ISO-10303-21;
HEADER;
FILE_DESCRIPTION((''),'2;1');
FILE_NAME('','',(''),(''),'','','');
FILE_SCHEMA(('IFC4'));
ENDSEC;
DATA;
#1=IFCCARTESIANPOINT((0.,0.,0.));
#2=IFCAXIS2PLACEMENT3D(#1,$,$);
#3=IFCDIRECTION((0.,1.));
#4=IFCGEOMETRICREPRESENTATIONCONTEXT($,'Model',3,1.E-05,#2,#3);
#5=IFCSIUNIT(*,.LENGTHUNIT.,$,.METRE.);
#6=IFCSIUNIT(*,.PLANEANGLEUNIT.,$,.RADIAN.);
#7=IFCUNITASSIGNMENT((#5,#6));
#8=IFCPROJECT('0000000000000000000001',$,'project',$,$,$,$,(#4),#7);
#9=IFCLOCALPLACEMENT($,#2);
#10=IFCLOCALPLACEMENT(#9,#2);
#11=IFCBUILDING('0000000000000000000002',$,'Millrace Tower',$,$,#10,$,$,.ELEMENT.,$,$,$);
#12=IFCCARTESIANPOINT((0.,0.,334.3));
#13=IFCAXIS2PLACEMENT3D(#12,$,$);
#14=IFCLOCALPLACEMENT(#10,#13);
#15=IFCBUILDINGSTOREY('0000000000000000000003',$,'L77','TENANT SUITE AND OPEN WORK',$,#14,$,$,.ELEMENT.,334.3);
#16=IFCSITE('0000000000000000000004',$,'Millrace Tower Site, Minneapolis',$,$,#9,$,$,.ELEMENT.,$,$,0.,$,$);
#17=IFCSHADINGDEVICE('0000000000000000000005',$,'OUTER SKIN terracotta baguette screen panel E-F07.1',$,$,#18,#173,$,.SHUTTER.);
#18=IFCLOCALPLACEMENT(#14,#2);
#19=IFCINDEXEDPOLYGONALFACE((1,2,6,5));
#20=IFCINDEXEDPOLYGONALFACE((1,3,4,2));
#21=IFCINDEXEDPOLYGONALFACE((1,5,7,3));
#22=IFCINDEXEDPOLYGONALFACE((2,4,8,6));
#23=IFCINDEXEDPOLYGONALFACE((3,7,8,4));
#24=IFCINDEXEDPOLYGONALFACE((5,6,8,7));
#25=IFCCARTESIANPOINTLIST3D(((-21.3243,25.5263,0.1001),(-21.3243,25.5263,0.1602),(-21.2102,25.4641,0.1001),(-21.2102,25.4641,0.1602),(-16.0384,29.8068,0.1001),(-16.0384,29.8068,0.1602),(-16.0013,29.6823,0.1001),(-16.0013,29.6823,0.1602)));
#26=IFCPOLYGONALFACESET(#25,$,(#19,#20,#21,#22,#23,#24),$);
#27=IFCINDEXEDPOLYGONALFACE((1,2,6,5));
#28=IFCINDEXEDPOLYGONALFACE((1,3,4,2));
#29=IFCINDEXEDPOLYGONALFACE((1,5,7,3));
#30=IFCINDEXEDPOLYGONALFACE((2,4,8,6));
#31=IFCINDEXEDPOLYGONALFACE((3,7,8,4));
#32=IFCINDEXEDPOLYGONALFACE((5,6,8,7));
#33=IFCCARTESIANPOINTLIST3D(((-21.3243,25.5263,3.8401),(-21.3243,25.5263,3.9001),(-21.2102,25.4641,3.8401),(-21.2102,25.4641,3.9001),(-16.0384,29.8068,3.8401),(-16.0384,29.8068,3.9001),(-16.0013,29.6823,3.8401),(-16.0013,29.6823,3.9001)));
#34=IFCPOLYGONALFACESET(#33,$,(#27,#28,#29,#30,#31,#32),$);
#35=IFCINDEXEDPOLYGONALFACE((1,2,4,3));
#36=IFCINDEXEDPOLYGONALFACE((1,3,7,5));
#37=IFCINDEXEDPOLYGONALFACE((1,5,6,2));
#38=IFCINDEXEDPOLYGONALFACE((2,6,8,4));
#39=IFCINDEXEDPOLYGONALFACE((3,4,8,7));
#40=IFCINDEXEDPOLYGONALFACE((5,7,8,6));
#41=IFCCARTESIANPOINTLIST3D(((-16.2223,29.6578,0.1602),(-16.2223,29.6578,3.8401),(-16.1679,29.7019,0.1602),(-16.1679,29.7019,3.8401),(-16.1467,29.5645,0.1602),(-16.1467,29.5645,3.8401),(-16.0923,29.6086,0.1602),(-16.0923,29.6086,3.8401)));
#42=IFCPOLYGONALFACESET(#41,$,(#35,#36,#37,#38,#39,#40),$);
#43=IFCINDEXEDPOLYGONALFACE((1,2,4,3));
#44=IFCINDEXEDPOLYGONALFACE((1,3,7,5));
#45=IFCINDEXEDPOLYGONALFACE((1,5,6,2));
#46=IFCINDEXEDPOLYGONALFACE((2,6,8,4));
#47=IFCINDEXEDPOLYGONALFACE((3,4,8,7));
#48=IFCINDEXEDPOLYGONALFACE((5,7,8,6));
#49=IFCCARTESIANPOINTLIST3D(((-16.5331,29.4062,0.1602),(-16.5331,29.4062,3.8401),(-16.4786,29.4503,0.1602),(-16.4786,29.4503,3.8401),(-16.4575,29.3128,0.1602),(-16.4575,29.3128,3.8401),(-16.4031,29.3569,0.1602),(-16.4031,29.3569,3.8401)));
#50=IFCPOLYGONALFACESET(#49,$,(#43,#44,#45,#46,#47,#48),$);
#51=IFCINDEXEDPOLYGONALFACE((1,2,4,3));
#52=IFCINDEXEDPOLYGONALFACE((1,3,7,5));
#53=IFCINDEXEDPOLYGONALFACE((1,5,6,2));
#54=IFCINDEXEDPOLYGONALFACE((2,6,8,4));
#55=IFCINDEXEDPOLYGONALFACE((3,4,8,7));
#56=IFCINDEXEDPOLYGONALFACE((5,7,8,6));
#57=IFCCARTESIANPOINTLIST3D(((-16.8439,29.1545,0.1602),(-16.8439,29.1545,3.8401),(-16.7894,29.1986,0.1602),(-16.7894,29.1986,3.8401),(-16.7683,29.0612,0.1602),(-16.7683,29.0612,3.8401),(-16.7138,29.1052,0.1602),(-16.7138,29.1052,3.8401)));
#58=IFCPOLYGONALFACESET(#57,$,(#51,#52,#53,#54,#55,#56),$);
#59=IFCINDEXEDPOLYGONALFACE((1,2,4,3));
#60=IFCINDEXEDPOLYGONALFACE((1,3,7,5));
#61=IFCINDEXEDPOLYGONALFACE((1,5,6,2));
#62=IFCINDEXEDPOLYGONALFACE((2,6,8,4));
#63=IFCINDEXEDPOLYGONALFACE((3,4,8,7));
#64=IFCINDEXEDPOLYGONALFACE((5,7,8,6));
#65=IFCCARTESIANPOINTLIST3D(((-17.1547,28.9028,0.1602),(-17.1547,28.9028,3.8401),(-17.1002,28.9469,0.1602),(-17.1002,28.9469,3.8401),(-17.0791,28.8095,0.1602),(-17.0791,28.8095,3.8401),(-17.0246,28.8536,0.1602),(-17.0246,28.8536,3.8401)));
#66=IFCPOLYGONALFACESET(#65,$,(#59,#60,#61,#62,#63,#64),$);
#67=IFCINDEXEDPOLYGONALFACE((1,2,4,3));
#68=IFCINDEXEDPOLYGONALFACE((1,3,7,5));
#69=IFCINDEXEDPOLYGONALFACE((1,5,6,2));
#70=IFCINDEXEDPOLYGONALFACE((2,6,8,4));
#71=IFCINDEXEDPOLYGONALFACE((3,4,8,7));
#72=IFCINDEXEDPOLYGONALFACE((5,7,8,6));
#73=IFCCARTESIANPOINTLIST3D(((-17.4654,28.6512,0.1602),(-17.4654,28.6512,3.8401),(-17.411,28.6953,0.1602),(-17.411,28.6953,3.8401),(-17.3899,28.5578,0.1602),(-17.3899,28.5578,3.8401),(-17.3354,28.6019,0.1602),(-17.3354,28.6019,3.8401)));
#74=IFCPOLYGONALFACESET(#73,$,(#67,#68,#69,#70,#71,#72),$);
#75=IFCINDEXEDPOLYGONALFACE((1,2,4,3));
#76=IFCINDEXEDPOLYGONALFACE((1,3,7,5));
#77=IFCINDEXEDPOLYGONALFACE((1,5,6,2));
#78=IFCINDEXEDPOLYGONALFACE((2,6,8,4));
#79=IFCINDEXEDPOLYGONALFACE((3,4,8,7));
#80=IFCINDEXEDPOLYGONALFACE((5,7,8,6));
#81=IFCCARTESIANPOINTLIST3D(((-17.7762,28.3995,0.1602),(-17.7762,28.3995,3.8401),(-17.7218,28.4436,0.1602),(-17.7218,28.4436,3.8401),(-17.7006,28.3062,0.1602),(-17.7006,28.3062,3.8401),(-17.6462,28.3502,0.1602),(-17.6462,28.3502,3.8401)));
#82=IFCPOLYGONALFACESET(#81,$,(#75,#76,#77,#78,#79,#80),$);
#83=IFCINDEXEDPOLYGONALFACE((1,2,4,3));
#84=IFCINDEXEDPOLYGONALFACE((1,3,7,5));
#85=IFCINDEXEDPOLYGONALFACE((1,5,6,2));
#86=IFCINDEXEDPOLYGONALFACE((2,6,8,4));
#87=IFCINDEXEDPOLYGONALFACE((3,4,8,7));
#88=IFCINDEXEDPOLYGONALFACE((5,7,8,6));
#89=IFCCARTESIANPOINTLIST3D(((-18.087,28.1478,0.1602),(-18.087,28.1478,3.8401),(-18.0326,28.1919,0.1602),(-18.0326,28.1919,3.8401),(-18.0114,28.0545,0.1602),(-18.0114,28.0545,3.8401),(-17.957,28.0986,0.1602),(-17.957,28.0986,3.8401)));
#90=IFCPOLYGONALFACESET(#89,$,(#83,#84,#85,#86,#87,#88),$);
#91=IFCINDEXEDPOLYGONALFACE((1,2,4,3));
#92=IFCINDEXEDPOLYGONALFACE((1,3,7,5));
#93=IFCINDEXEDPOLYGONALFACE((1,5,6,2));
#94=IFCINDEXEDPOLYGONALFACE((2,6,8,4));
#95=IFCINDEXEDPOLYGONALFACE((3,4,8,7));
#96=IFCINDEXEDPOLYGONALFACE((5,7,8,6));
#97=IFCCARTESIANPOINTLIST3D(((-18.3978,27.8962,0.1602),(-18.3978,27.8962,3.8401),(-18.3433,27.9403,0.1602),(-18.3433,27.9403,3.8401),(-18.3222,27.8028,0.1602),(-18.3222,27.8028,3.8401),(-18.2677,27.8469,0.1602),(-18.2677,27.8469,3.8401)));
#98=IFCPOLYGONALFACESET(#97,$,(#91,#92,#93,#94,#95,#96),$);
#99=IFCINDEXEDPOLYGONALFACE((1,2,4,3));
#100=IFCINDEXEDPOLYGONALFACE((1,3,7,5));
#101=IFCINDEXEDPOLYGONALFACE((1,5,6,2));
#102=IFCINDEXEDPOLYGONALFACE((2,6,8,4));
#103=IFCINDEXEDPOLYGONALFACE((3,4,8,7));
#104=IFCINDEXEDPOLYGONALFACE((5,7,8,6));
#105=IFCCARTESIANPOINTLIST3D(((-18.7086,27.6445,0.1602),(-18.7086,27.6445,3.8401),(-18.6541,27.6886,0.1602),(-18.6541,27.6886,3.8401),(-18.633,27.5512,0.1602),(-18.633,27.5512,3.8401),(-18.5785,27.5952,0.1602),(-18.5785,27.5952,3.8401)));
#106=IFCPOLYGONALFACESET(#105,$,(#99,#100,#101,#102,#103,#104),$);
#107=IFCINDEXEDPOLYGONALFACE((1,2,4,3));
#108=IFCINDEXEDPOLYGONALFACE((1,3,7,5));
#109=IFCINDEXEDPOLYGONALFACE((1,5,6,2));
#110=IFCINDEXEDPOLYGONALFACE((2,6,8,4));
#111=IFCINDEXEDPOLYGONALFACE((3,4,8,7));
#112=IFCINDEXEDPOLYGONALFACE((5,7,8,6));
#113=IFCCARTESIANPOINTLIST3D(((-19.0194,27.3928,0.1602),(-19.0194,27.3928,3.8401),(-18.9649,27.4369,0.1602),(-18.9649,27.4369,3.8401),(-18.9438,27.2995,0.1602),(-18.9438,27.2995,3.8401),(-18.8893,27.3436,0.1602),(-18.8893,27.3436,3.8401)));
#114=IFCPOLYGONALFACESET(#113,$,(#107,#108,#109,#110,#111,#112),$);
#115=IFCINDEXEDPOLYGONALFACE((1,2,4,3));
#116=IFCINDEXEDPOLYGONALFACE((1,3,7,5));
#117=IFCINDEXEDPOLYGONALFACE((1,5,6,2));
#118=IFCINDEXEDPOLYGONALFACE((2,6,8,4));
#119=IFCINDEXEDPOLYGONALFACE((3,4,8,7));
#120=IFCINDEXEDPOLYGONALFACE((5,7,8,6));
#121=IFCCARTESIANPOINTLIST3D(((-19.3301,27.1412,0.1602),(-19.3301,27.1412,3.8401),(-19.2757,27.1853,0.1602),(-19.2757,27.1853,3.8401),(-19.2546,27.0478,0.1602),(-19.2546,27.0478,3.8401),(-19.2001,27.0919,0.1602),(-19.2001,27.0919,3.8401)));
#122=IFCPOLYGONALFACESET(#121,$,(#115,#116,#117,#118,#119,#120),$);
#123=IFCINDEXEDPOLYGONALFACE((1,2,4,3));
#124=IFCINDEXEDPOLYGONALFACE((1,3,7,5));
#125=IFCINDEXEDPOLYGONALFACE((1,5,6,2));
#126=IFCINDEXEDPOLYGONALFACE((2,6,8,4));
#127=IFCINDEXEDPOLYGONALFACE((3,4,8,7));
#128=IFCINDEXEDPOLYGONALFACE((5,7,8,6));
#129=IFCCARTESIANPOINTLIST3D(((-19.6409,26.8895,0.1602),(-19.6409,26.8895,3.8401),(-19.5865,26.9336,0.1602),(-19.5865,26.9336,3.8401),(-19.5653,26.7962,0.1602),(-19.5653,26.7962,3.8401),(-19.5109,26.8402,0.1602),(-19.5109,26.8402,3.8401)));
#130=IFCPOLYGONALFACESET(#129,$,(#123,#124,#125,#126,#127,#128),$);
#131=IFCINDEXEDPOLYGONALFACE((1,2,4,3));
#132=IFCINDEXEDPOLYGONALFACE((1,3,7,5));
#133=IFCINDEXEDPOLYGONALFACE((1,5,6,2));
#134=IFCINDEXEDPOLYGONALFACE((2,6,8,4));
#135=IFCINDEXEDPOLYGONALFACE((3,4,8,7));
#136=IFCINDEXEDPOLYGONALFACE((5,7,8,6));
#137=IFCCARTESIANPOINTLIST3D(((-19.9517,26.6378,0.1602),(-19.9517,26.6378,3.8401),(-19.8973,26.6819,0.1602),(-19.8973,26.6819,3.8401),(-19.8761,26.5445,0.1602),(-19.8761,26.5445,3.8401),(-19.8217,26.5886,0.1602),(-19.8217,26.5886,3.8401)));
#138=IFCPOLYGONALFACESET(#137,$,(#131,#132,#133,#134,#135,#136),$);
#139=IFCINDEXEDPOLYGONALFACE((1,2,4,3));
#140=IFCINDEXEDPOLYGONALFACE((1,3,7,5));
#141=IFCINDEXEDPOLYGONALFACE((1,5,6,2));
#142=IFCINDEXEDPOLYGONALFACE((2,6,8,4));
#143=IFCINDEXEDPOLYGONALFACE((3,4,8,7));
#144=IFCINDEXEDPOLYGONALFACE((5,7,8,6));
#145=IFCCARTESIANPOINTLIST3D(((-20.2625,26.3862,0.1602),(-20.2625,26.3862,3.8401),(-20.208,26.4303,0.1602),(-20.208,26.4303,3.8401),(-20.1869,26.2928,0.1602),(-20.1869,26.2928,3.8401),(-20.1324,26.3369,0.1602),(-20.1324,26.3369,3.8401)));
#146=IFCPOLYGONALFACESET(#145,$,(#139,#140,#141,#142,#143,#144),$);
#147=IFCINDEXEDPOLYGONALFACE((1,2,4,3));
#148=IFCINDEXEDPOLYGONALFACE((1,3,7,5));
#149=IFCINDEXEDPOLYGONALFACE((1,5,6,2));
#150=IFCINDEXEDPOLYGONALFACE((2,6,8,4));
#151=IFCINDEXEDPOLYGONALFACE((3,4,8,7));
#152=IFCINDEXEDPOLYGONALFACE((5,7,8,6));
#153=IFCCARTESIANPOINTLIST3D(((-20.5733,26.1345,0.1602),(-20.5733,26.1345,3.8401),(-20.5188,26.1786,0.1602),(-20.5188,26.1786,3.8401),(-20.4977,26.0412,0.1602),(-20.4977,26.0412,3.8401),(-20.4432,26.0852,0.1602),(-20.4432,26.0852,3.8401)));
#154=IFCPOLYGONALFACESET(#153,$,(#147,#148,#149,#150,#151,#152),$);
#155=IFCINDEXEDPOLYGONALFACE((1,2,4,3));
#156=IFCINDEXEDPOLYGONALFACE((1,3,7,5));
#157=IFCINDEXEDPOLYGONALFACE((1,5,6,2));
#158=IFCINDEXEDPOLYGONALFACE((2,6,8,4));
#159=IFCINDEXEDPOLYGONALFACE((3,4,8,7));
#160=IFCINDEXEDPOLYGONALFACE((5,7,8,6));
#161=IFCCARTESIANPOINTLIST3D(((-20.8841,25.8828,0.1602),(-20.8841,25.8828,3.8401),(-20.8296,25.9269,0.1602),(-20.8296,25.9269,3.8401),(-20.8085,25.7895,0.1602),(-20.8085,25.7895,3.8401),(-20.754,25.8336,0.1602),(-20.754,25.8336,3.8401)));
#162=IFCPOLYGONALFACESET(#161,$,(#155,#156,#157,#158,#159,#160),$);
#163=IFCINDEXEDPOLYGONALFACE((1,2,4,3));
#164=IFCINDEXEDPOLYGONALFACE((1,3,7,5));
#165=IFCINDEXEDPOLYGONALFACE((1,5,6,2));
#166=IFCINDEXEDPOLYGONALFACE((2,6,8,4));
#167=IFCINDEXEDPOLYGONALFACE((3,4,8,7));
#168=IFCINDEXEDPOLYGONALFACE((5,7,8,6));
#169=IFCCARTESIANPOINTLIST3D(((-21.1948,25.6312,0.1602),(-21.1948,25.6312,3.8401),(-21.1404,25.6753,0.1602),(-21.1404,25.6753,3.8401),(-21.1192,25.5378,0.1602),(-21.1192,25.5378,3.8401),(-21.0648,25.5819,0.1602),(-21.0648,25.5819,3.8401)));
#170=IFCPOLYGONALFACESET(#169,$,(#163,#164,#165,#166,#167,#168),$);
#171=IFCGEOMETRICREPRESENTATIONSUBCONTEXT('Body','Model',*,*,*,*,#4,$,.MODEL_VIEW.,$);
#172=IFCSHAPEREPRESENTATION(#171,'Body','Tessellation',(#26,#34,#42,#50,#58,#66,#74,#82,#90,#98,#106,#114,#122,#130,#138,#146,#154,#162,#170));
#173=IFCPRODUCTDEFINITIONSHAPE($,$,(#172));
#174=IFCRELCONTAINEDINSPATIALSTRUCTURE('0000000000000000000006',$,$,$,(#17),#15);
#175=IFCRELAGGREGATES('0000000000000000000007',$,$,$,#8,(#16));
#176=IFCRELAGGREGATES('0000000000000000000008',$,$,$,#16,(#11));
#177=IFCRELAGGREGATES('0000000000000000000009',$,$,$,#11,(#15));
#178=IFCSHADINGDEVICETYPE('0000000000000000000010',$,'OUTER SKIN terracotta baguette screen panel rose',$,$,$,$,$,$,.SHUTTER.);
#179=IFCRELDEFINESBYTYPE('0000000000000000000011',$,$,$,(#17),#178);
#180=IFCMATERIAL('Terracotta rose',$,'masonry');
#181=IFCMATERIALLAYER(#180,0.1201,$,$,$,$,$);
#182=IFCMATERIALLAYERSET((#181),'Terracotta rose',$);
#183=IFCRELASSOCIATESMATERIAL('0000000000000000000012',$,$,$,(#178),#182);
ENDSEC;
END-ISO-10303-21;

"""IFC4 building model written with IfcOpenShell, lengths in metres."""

from ifc_helpers import new_model, entity, si_unit, direction, frame, frame_2d, origin, origin_2d, place, context, subcontext, project, spatial, rectangle, extrude, source, transform, mapped, material, layer, layer_set, type_object, element, save


model = new_model("IFC4")

# Units and contexts
model_context = context("Model", 3, precision=1e-05, world=origin(), true_north=direction((0.0, 1.0)))
body_context = subcontext(model_context, "Body", "Model", "MODEL_VIEW")
ifc_project = project(units=[si_unit("LENGTHUNIT", "METRE"), si_unit("PLANEANGLEUNIT", "RADIAN")], contexts=[model_context])

# Site, building, storey
site_placement = place(None, origin())
site = spatial("IfcSite", under=ifc_project, at=site_placement, Name="Millrace Tower Site, Minneapolis", CompositionType="ELEMENT", RefElevation=0.0)
building_placement = place(site_placement, origin())
building = spatial("IfcBuilding", under=site, at=building_placement, Name="Millrace Tower", CompositionType="ELEMENT")
storey_placement = place(building_placement, frame((0.0, 0.0, 334.3)))
storey = spatial("IfcBuildingStorey", under=building, at=storey_placement, Name="L77", Description="TENANT SUITE AND OPEN WORK", CompositionType="ELEMENT", Elevation=334.3)

# Shading device
ifc_material_1 = material(Name="Terracotta rose", Category="masonry")
ifc_layer_1 = layer(ifc_material_1, 0.1201)
ifc_layer_set_1 = layer_set([ifc_layer_1], Name="Terracotta rose")
shading_device_type = type_object("IfcShadingDeviceType", Name="OUTER SKIN terracotta baguette screen panel rose", PredefinedType="SHUTTER", material=ifc_layer_set_1)
cartesian_point_1 = entity("IfcCartesianPoint", [-3.3513, 0.0601])
shared_polyline_1 = entity("IfcPolyline", [cartesian_point_1, entity("IfcCartesianPoint", [3.3513, 0.0601]), entity("IfcCartesianPoint", [3.4009, -0.0601]), entity("IfcCartesianPoint", [-3.4009, -0.0601]), cartesian_point_1])
shared_shape_1 = source(origin(), body_context, "Body", "SweptSolid", [
    entity("IfcExtrudedAreaSolid", entity("IfcArbitraryClosedProfileDef", "AREA", None, shared_polyline_1), entity("IfcAxis2Placement3D", entity("IfcCartesianPoint", [0.0, 0.0, 0.0])), entity("IfcDirection", [0.0, 0.0, 1.0]), 0.0601),
    entity("IfcExtrudedAreaSolid", entity("IfcArbitraryClosedProfileDef", "AREA", None, shared_polyline_1), entity("IfcAxis2Placement3D", entity("IfcCartesianPoint", [0.0, 0.0, 3.74])), entity("IfcDirection", [0.0, 0.0, 1.0]), 0.0601),
    extrude(rectangle(XDim=0.0701, YDim=0.1201, at=frame_2d((-3.1992, 0.0))), frame((0.0, 0.0, 0.0601)), (0.0, 0.0, 1.0), 3.6799),
    extrude(rectangle(XDim=0.0701, YDim=0.1201, at=frame_2d((-2.7993, 0.0))), frame((0.0, 0.0, 0.0601)), (0.0, 0.0, 1.0), 3.6799),
    extrude(rectangle(XDim=0.0701, YDim=0.1201, at=frame_2d((-2.3994, 0.0))), frame((0.0, 0.0, 0.0601)), (0.0, 0.0, 1.0), 3.6799),
    extrude(rectangle(XDim=0.0701, YDim=0.1201, at=frame_2d((-1.9995, 0.0))), frame((0.0, 0.0, 0.0601)), (0.0, 0.0, 1.0), 3.6799),
    extrude(rectangle(XDim=0.0701, YDim=0.1201, at=frame_2d((-1.5996, 0.0))), frame((0.0, 0.0, 0.0601)), (0.0, 0.0, 1.0), 3.6799),
    extrude(rectangle(XDim=0.0701, YDim=0.1201, at=frame_2d((-1.1997, 0.0))), frame((0.0, 0.0, 0.0601)), (0.0, 0.0, 1.0), 3.6799),
    extrude(rectangle(XDim=0.0701, YDim=0.1201, at=frame_2d((-0.7998, 0.0))), frame((0.0, 0.0, 0.0601)), (0.0, 0.0, 1.0), 3.6799),
    extrude(rectangle(XDim=0.0701, YDim=0.1201, at=frame_2d((-0.3999, 0.0))), frame((0.0, 0.0, 0.0601)), (0.0, 0.0, 1.0), 3.6799),
    extrude(rectangle(XDim=0.0701, YDim=0.1201, at=origin_2d()), frame((0.0, 0.0, 0.0601)), (0.0, 0.0, 1.0), 3.6799),
    extrude(rectangle(XDim=0.0701, YDim=0.1201, at=frame_2d((0.3999, 0.0))), frame((0.0, 0.0, 0.0601)), (0.0, 0.0, 1.0), 3.6799),
    extrude(rectangle(XDim=0.0701, YDim=0.1201, at=frame_2d((0.7998, 0.0))), frame((0.0, 0.0, 0.0601)), (0.0, 0.0, 1.0), 3.6799),
    extrude(rectangle(XDim=0.0701, YDim=0.1201, at=frame_2d((1.1997, 0.0))), frame((0.0, 0.0, 0.0601)), (0.0, 0.0, 1.0), 3.6799),
    extrude(rectangle(XDim=0.0701, YDim=0.1201, at=frame_2d((1.5996, 0.0))), frame((0.0, 0.0, 0.0601)), (0.0, 0.0, 1.0), 3.6799),
    extrude(rectangle(XDim=0.0701, YDim=0.1201, at=frame_2d((1.9995, 0.0))), frame((0.0, 0.0, 0.0601)), (0.0, 0.0, 1.0), 3.6799),
    extrude(rectangle(XDim=0.0701, YDim=0.1201, at=frame_2d((2.3994, 0.0))), frame((0.0, 0.0, 0.0601)), (0.0, 0.0, 1.0), 3.6799),
    extrude(rectangle(XDim=0.0701, YDim=0.1201, at=frame_2d((2.7993, 0.0))), frame((0.0, 0.0, 0.0601)), (0.0, 0.0, 1.0), 3.6799),
    extrude(rectangle(XDim=0.0701, YDim=0.1201, at=frame_2d((3.1992, 0.0))), frame((0.0, 0.0, 0.0601)), (0.0, 0.0, 1.0), 3.6799),
])
shading_device_1_placement = place(storey_placement, frame((-18.6436, 27.6199, 0.1001), z_axis=(0.0, 0.0, 1.0), x_axis=(-0.777146, -0.62932, 0.0)))
element("IfcShadingDevice", 1, at=shading_device_1_placement, inside=storey, type_object=shading_device_type, Name="OUTER SKIN terracotta baguette screen panel E-F07.1", PredefinedType="SHUTTER", context=body_context, shape_type="MappedRepresentation", body=[
    mapped(shared_shape_1, transform((0.0, 0.0, 0.0), scale=1.0)),
])

save(model, "model.ifc")
